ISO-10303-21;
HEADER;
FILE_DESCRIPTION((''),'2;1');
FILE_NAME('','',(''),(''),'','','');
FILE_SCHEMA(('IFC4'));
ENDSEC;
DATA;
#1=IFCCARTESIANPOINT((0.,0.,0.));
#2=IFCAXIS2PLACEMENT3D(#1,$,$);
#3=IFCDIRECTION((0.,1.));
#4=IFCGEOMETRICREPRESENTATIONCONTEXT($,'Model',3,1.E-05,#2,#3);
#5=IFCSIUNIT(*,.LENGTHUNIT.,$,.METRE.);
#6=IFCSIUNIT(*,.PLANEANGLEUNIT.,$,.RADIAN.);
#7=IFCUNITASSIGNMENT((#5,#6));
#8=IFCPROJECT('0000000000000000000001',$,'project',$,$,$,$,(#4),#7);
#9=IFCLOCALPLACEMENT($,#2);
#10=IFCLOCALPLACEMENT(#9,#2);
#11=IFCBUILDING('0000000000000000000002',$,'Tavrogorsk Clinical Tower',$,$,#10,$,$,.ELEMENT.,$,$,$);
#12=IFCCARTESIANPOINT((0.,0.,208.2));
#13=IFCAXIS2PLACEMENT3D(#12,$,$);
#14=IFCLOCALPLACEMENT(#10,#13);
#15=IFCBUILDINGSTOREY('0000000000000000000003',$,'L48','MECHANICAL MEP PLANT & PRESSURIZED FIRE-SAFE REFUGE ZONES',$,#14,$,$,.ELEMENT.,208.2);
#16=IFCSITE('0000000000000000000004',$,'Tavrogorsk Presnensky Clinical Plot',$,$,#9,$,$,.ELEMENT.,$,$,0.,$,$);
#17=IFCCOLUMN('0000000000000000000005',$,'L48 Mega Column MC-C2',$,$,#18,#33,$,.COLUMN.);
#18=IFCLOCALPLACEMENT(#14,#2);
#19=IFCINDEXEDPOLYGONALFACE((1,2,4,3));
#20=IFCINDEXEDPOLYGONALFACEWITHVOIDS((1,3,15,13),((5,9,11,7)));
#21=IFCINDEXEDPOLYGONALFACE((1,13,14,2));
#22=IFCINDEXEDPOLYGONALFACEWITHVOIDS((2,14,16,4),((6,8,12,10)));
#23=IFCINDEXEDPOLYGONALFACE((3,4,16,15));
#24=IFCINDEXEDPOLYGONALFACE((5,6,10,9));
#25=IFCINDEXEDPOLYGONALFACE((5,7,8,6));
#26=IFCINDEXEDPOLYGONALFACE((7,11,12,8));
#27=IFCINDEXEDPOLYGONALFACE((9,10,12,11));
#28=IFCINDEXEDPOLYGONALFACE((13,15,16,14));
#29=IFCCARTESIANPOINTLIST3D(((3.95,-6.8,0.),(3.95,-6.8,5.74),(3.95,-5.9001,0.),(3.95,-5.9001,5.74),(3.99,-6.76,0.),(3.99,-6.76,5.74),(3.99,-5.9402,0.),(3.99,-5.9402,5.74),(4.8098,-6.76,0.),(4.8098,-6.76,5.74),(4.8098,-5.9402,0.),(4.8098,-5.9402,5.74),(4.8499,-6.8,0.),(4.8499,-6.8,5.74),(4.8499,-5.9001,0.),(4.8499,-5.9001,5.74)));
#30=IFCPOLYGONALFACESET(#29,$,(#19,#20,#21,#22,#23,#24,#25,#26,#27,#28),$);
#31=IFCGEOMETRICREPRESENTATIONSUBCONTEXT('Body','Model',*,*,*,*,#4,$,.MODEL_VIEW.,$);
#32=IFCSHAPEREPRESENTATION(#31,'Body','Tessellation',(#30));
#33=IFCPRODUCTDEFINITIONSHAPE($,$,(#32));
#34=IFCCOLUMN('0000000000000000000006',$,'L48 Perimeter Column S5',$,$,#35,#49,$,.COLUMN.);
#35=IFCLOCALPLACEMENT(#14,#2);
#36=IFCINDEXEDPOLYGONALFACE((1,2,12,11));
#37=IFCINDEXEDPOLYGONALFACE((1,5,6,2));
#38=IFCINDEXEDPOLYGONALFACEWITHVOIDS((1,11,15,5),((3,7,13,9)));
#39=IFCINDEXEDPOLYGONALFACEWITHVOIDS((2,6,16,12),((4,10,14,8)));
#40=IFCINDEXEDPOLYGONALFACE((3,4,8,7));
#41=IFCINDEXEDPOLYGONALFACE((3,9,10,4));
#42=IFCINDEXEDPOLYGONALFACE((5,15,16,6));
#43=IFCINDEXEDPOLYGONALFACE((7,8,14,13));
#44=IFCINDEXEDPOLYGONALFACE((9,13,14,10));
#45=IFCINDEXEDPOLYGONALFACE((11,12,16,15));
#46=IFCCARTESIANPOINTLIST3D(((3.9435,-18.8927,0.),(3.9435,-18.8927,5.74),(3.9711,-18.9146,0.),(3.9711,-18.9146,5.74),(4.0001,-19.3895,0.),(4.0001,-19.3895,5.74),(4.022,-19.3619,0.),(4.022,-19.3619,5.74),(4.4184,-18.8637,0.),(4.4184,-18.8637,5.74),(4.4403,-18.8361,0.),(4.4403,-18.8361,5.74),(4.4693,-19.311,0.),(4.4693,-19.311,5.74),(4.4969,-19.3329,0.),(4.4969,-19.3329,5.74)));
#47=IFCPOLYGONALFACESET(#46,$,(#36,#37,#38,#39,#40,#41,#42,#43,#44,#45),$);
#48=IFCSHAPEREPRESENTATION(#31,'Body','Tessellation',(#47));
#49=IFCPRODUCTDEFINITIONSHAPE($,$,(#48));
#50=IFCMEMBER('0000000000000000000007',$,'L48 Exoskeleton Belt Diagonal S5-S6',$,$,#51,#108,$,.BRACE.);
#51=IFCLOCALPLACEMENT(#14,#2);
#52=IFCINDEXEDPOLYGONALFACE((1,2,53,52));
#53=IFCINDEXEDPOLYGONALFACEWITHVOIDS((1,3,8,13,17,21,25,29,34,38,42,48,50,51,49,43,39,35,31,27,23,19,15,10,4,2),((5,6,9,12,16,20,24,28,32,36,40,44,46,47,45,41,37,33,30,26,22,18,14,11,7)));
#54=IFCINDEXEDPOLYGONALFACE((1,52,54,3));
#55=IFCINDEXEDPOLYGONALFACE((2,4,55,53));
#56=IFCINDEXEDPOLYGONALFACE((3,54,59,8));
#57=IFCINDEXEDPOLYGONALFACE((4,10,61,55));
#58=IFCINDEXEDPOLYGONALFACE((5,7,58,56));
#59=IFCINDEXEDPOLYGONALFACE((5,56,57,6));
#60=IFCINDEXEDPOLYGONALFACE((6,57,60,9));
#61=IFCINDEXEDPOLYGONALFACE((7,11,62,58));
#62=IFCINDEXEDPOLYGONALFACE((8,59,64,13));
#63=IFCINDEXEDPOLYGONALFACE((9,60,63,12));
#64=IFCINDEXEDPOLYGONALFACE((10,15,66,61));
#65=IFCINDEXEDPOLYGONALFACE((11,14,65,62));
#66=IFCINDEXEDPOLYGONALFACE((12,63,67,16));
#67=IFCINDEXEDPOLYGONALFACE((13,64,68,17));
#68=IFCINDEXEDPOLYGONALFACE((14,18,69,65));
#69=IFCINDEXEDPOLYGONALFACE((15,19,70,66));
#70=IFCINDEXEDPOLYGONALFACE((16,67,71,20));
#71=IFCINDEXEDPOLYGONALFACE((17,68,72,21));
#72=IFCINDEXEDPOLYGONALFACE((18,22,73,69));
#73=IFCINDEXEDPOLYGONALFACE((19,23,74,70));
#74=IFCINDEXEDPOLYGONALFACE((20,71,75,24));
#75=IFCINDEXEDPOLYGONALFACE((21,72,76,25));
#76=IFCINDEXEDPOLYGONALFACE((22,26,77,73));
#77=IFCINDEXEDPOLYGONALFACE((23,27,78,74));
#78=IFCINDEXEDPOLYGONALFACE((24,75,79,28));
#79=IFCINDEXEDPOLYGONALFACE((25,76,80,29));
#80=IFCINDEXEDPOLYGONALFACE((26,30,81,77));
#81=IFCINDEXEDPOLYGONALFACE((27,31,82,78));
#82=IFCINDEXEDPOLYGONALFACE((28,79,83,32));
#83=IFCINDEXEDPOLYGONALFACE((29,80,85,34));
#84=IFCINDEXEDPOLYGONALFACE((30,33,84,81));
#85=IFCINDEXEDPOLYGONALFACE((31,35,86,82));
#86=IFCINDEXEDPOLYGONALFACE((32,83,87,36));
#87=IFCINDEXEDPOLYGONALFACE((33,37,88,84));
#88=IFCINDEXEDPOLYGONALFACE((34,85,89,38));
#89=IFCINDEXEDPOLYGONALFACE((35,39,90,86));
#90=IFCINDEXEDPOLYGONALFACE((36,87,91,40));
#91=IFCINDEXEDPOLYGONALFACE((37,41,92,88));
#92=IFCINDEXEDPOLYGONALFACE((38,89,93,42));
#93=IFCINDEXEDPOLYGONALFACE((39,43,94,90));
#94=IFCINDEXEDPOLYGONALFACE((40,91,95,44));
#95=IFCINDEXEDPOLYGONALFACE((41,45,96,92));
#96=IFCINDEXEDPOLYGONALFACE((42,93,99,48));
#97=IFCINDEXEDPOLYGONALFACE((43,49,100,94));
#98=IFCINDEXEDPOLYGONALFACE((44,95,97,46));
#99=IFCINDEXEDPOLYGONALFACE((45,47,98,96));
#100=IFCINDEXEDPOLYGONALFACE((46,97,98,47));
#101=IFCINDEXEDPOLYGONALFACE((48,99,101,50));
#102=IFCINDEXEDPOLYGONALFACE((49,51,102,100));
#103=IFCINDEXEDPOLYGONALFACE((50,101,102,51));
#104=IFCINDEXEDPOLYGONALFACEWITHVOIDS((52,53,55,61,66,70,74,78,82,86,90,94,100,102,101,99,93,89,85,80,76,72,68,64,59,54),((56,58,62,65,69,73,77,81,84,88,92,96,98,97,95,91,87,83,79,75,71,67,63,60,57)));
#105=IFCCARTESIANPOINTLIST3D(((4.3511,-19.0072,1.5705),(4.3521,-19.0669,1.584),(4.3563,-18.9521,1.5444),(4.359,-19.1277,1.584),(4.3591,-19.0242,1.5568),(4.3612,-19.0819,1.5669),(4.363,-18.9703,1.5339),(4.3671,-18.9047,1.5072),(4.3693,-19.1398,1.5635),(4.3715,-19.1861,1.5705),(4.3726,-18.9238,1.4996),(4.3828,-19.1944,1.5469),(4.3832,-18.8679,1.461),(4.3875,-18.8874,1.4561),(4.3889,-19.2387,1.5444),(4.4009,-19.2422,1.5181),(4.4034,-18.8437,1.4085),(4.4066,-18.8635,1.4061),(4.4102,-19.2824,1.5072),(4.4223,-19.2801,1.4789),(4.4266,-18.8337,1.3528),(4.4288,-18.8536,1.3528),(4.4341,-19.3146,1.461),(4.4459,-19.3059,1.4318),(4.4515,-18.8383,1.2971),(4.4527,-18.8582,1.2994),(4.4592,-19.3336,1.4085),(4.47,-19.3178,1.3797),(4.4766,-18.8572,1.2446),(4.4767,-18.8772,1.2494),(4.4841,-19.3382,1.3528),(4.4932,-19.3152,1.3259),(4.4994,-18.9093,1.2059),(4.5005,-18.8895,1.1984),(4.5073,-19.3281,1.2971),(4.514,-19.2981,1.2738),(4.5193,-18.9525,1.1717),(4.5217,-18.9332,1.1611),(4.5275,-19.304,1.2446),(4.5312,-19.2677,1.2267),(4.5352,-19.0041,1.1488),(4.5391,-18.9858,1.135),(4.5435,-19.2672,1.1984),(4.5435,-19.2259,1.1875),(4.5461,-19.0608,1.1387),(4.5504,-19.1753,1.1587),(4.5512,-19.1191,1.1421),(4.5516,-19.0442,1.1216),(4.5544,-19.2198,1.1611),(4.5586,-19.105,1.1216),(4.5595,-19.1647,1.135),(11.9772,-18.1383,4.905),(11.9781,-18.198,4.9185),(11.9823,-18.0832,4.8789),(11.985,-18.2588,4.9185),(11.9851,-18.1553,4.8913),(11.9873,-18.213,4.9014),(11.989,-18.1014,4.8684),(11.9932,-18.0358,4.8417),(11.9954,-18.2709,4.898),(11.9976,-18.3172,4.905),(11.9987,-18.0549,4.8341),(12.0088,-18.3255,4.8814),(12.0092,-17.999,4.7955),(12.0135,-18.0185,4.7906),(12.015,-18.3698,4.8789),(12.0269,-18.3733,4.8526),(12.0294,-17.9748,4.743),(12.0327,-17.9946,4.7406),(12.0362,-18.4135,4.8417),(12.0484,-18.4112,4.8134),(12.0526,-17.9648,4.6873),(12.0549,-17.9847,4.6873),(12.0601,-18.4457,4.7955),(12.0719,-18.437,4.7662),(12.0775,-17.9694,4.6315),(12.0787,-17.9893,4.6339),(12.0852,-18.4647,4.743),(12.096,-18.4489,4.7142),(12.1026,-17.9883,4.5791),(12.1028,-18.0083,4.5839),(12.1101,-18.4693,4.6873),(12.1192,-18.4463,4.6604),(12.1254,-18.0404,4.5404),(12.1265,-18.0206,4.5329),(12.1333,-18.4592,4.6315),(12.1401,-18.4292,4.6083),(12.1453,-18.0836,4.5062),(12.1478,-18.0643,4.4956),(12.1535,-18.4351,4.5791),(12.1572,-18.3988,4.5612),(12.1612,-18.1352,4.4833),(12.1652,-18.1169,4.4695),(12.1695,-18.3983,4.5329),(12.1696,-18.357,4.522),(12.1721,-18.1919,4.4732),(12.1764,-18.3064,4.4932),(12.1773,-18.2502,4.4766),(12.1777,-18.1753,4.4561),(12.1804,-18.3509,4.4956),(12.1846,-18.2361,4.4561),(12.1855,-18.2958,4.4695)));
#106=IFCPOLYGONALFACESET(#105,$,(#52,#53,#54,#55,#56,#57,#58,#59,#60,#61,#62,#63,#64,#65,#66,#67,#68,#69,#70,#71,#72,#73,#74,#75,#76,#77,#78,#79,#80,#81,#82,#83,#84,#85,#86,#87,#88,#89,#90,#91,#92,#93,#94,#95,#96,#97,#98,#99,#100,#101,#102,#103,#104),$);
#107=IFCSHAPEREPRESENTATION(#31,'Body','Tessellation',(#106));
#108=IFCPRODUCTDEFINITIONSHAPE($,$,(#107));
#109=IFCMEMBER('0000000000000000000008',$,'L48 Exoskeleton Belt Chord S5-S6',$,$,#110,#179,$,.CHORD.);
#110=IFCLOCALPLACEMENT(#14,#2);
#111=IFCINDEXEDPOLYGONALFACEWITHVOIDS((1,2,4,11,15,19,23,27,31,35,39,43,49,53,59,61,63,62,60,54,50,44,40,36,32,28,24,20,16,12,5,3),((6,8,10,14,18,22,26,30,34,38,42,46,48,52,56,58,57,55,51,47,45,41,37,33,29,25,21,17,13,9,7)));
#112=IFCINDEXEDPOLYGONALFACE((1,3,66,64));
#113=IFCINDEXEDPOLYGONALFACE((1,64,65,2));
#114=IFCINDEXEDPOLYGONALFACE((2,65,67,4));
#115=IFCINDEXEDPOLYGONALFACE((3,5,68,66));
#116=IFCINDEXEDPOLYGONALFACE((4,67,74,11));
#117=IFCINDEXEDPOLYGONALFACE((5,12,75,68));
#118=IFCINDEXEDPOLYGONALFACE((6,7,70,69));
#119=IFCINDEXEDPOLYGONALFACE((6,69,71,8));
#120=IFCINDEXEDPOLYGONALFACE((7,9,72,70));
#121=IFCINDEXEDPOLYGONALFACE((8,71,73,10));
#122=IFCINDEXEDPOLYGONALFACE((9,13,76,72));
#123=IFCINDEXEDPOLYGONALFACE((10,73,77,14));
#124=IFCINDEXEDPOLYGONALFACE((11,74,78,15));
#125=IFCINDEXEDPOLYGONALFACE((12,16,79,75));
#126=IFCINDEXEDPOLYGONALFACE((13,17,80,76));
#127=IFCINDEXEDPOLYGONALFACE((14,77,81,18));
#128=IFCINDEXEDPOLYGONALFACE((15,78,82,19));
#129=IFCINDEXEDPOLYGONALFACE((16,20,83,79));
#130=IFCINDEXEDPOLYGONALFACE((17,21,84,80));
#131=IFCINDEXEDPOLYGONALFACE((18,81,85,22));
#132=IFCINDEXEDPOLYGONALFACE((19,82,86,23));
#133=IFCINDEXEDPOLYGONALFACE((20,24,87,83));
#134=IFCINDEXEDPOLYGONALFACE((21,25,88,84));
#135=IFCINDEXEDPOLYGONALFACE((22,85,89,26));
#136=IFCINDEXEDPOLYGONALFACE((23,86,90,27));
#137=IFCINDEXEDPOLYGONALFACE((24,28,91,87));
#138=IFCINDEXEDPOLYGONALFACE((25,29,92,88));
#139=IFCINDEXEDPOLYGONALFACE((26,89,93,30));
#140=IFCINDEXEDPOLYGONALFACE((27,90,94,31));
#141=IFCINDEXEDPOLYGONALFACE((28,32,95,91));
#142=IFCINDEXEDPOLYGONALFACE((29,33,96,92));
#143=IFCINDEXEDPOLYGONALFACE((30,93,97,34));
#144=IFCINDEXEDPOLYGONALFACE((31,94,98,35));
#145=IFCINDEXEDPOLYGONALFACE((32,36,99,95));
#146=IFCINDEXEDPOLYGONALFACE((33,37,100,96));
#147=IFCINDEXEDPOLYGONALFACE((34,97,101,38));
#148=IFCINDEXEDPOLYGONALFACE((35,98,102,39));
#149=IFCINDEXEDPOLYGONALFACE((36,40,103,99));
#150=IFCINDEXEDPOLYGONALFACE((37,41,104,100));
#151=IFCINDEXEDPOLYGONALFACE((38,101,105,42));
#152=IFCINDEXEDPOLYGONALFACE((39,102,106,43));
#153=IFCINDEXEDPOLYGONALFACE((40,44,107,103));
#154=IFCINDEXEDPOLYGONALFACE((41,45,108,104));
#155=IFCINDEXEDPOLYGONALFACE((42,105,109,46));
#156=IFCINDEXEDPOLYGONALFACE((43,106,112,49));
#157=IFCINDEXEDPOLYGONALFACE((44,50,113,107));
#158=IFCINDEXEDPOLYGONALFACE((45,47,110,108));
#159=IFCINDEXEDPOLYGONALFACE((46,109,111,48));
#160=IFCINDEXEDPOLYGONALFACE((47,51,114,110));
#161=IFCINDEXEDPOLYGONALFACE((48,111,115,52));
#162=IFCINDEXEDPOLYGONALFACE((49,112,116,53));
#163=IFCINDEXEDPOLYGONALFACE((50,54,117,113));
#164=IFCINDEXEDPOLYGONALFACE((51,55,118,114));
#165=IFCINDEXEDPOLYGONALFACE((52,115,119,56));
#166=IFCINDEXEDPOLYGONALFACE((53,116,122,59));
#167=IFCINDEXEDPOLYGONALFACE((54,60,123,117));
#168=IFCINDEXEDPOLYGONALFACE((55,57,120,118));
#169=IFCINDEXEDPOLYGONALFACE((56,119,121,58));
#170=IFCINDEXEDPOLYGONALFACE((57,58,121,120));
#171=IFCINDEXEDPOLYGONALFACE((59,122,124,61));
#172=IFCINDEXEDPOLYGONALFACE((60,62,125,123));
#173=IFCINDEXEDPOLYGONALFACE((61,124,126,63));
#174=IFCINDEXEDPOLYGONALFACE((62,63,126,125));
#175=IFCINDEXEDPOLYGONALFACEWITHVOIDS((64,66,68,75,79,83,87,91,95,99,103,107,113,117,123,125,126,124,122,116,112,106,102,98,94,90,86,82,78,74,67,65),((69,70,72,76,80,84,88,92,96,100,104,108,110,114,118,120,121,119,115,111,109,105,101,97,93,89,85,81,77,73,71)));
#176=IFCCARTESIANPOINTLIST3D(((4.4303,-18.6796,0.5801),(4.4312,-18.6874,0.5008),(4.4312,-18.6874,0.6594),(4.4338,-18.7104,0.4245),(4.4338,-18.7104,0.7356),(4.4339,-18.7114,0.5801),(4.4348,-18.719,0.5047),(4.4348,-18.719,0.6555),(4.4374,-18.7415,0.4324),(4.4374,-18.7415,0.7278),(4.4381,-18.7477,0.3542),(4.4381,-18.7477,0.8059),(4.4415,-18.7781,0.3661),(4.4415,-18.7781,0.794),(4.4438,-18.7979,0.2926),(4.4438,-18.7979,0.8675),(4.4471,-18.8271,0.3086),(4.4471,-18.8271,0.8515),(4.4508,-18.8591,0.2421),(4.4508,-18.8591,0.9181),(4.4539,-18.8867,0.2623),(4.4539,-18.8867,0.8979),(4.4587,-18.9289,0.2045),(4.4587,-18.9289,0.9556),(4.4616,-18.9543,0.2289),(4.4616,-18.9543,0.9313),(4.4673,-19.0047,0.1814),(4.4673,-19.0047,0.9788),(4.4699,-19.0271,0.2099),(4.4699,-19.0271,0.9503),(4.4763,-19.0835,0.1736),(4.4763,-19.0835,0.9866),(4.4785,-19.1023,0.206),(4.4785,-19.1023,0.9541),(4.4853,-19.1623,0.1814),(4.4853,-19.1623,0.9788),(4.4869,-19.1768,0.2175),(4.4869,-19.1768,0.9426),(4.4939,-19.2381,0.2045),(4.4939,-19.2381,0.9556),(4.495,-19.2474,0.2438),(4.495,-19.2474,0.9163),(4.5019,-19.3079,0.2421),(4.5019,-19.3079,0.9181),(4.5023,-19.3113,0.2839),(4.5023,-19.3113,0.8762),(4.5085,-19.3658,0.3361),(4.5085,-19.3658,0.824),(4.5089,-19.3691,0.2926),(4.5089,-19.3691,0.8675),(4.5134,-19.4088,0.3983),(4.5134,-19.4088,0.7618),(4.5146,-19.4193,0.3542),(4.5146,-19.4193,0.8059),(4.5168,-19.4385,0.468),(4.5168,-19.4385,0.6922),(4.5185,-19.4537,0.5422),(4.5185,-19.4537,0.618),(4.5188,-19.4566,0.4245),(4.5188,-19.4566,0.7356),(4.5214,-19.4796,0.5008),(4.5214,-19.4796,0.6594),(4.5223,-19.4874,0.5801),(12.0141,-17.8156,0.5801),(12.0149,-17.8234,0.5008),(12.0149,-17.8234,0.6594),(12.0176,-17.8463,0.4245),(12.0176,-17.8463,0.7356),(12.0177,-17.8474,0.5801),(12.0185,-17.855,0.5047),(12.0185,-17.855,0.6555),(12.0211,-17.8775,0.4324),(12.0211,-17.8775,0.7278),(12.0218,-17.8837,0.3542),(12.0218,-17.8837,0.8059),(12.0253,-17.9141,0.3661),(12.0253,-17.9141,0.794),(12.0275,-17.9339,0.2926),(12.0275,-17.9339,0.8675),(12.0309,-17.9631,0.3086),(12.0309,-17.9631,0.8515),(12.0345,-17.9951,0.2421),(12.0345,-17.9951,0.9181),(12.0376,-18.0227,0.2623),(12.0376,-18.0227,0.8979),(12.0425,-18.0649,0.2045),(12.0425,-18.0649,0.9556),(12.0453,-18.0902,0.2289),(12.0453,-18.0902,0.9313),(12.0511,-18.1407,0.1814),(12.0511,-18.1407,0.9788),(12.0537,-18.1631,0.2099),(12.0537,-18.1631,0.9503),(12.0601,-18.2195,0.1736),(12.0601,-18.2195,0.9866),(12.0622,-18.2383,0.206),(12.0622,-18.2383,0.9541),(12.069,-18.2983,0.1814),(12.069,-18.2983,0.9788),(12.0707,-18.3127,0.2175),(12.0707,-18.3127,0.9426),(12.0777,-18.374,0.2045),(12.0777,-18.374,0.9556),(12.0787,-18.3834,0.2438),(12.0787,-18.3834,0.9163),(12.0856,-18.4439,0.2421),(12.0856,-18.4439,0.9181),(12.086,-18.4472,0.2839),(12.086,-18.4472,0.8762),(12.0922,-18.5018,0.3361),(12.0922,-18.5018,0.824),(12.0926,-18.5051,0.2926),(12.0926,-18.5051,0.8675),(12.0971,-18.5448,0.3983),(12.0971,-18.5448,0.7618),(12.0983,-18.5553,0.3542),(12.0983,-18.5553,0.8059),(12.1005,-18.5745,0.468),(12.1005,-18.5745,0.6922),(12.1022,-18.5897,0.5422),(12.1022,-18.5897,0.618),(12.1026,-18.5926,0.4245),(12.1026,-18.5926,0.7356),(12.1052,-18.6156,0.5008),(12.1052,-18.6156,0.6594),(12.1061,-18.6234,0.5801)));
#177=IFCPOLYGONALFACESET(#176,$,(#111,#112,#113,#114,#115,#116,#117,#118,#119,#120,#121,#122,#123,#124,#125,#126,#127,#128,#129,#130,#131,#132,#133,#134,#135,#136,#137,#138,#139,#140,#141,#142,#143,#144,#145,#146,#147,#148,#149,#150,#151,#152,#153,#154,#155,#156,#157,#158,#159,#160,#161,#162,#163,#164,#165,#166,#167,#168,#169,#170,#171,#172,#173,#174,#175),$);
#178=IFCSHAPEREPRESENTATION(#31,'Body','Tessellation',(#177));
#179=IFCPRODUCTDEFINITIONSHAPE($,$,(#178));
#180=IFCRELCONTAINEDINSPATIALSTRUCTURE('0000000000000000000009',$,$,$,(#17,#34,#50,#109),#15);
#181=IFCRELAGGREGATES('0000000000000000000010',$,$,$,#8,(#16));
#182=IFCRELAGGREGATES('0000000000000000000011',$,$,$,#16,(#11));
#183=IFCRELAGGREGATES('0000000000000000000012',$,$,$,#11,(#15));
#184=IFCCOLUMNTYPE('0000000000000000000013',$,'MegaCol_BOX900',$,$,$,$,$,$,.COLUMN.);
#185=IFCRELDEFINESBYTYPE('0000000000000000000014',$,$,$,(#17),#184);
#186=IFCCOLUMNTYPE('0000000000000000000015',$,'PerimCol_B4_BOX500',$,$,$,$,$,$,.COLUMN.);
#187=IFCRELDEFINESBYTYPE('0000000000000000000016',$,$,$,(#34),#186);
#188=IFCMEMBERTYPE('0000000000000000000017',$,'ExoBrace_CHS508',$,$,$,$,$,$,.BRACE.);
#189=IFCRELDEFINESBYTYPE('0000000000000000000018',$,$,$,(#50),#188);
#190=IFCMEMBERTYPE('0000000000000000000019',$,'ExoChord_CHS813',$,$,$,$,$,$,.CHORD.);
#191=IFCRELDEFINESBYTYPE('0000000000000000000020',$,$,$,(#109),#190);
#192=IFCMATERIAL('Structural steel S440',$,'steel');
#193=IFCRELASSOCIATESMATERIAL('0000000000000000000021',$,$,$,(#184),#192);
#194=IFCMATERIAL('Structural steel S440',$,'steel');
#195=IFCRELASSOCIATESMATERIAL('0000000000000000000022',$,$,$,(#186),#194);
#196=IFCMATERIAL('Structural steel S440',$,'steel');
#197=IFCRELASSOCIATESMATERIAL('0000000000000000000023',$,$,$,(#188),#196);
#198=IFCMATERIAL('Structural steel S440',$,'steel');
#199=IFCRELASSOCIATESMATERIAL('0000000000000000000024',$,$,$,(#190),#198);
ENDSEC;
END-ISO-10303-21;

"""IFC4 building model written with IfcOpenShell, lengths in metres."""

from ifc_helpers import new_model, si_unit, direction, frame, origin, origin_2d, place, context, subcontext, project, spatial, hollow_rectangle, hollow_circle, extrude, material, material_profile, profile_set, type_object, element, save


model = new_model("IFC4")

# Units and contexts
model_context = context("Model", 3, precision=1e-05, world=origin(), true_north=direction((0.0, 1.0)))
body_context = subcontext(model_context, "Body", "Model", "MODEL_VIEW")
ifc_project = project(units=[si_unit("LENGTHUNIT", "METRE"), si_unit("PLANEANGLEUNIT", "RADIAN")], contexts=[model_context])

# Site, building, storey
site_placement = place(None, origin())
site = spatial("IfcSite", under=ifc_project, at=site_placement, Name="Tavrogorsk Presnensky Clinical Plot", CompositionType="ELEMENT", RefElevation=0.0)
building_placement = place(site_placement, origin())
building = spatial("IfcBuilding", under=site, at=building_placement, Name="Tavrogorsk Clinical Tower", CompositionType="ELEMENT")
storey_placement = place(building_placement, frame((0.0, 0.0, 208.2)))
storey = spatial("IfcBuildingStorey", under=building, at=storey_placement, Name="L48", Description="MECHANICAL MEP PLANT & PRESSURIZED FIRE-SAFE REFUGE ZONES", CompositionType="ELEMENT", Elevation=208.2)

# Columns
ifc_material_1 = material(Name="Structural steel S440", Category="steel")
ifc_material_profile_1 = material_profile(ifc_material_1, hollow_rectangle(XDim=0.8999, YDim=0.8999, WallThickness=0.04, at=origin_2d()), Name="BOX-900x900x40")
ifc_profile_set_1 = profile_set([ifc_material_profile_1], Name="Structural steel S440")
column_type_1 = type_object("IfcColumnType", Name="MegaCol_BOX900", PredefinedType="COLUMN", material=ifc_profile_set_1)
column_1_placement = place(storey_placement, frame((4.3999, -6.3501, 0.0), z_axis=(0.0, 0.0, 1.0), x_axis=(1.0, 0.0, 0.0)))
element("IfcColumn", 1, at=column_1_placement, inside=storey, type_object=column_type_1, Name="L48 Mega Column MC-C2", PredefinedType="COLUMN", context=body_context, shape_type="SweptSolid", body=[
    extrude(hollow_rectangle(XDim=0.8999, YDim=0.8999, WallThickness=0.04, at=origin_2d()), origin(), (0.0, 0.0, 1.0), 5.74),
])
ifc_material_2 = material(Name="Structural steel S440", Category="steel")
ifc_material_profile_2 = material_profile(ifc_material_2, hollow_rectangle(XDim=0.5, YDim=0.5, WallThickness=0.0249, at=origin_2d()), Name="BOX-500x500x25")
ifc_profile_set_2 = profile_set([ifc_material_profile_2], Name="Structural steel S440")
column_type_2 = type_object("IfcColumnType", Name="PerimCol_B4_BOX500", PredefinedType="COLUMN", material=ifc_profile_set_2)
column_2_placement = place(storey_placement, frame((4.2202, -19.1128, 0.0), z_axis=(0.0, 0.0, 1.0), x_axis=(0.993572, 0.113203, 0.0)))
element("IfcColumn", 2, at=column_2_placement, inside=storey, type_object=column_type_2, Name="L48 Perimeter Column S5", PredefinedType="COLUMN", context=body_context, shape_type="SweptSolid", body=[
    extrude(hollow_rectangle(XDim=0.5, YDim=0.5, WallThickness=0.0249, at=origin_2d()), origin(), (0.0, 0.0, 1.0), 5.74),
])

# Members
ifc_material_3 = material(Name="Structural steel S440", Category="steel")
ifc_material_profile_3 = material_profile(ifc_material_3, hollow_circle(Radius=0.2539, WallThickness=0.02, at=origin_2d()), Name="CHS-508x20")
ifc_profile_set_3 = profile_set([ifc_material_profile_3], Name="Structural steel S440")
member_type_1 = type_object("IfcMemberType", Name="ExoBrace_CHS508", PredefinedType="BRACE", material=ifc_profile_set_3)
member_1_placement = place(storey_placement, frame((4.4553, -19.0859, 1.3528), z_axis=(0.911288, 0.103831, 0.398463), x_axis=(-0.113207, 0.993571, 0.0)))
element("IfcMember", 3, at=member_1_placement, inside=storey, type_object=member_type_1, Name="L48 Exoskeleton Belt Diagonal S5-S6", PredefinedType="BRACE", context=body_context, shape_type="SweptSolid", body=[
    extrude(hollow_circle(Radius=0.2539, WallThickness=0.02, at=origin_2d()), origin(), (0.0, 0.0, 1.0), 8.3684),
])
ifc_material_4 = material(Name="Structural steel S440", Category="steel")
ifc_material_profile_4 = material_profile(ifc_material_4, hollow_circle(Radius=0.4065, WallThickness=0.032, at=origin_2d()), Name="CHS-813x32")
ifc_profile_set_4 = profile_set([ifc_material_profile_4], Name="Structural steel S440")
member_type_2 = type_object("IfcMemberType", Name="ExoChord_CHS813", PredefinedType="CHORD", material=ifc_profile_set_4)
member_2_placement = place(storey_placement, frame((4.4763, -19.0835, 0.5801), z_axis=(0.993573, 0.113197, 0.0), x_axis=(-0.113197, 0.993573, 0.0)))
element("IfcMember", 4, at=member_2_placement, inside=storey, type_object=member_type_2, Name="L48 Exoskeleton Belt Chord S5-S6", PredefinedType="CHORD", context=body_context, shape_type="SweptSolid", body=[
    extrude(hollow_circle(Radius=0.4065, WallThickness=0.032, at=origin_2d()), origin(), (0.0, 0.0, 1.0), 7.6328),
])

save(model, "model.ifc")
